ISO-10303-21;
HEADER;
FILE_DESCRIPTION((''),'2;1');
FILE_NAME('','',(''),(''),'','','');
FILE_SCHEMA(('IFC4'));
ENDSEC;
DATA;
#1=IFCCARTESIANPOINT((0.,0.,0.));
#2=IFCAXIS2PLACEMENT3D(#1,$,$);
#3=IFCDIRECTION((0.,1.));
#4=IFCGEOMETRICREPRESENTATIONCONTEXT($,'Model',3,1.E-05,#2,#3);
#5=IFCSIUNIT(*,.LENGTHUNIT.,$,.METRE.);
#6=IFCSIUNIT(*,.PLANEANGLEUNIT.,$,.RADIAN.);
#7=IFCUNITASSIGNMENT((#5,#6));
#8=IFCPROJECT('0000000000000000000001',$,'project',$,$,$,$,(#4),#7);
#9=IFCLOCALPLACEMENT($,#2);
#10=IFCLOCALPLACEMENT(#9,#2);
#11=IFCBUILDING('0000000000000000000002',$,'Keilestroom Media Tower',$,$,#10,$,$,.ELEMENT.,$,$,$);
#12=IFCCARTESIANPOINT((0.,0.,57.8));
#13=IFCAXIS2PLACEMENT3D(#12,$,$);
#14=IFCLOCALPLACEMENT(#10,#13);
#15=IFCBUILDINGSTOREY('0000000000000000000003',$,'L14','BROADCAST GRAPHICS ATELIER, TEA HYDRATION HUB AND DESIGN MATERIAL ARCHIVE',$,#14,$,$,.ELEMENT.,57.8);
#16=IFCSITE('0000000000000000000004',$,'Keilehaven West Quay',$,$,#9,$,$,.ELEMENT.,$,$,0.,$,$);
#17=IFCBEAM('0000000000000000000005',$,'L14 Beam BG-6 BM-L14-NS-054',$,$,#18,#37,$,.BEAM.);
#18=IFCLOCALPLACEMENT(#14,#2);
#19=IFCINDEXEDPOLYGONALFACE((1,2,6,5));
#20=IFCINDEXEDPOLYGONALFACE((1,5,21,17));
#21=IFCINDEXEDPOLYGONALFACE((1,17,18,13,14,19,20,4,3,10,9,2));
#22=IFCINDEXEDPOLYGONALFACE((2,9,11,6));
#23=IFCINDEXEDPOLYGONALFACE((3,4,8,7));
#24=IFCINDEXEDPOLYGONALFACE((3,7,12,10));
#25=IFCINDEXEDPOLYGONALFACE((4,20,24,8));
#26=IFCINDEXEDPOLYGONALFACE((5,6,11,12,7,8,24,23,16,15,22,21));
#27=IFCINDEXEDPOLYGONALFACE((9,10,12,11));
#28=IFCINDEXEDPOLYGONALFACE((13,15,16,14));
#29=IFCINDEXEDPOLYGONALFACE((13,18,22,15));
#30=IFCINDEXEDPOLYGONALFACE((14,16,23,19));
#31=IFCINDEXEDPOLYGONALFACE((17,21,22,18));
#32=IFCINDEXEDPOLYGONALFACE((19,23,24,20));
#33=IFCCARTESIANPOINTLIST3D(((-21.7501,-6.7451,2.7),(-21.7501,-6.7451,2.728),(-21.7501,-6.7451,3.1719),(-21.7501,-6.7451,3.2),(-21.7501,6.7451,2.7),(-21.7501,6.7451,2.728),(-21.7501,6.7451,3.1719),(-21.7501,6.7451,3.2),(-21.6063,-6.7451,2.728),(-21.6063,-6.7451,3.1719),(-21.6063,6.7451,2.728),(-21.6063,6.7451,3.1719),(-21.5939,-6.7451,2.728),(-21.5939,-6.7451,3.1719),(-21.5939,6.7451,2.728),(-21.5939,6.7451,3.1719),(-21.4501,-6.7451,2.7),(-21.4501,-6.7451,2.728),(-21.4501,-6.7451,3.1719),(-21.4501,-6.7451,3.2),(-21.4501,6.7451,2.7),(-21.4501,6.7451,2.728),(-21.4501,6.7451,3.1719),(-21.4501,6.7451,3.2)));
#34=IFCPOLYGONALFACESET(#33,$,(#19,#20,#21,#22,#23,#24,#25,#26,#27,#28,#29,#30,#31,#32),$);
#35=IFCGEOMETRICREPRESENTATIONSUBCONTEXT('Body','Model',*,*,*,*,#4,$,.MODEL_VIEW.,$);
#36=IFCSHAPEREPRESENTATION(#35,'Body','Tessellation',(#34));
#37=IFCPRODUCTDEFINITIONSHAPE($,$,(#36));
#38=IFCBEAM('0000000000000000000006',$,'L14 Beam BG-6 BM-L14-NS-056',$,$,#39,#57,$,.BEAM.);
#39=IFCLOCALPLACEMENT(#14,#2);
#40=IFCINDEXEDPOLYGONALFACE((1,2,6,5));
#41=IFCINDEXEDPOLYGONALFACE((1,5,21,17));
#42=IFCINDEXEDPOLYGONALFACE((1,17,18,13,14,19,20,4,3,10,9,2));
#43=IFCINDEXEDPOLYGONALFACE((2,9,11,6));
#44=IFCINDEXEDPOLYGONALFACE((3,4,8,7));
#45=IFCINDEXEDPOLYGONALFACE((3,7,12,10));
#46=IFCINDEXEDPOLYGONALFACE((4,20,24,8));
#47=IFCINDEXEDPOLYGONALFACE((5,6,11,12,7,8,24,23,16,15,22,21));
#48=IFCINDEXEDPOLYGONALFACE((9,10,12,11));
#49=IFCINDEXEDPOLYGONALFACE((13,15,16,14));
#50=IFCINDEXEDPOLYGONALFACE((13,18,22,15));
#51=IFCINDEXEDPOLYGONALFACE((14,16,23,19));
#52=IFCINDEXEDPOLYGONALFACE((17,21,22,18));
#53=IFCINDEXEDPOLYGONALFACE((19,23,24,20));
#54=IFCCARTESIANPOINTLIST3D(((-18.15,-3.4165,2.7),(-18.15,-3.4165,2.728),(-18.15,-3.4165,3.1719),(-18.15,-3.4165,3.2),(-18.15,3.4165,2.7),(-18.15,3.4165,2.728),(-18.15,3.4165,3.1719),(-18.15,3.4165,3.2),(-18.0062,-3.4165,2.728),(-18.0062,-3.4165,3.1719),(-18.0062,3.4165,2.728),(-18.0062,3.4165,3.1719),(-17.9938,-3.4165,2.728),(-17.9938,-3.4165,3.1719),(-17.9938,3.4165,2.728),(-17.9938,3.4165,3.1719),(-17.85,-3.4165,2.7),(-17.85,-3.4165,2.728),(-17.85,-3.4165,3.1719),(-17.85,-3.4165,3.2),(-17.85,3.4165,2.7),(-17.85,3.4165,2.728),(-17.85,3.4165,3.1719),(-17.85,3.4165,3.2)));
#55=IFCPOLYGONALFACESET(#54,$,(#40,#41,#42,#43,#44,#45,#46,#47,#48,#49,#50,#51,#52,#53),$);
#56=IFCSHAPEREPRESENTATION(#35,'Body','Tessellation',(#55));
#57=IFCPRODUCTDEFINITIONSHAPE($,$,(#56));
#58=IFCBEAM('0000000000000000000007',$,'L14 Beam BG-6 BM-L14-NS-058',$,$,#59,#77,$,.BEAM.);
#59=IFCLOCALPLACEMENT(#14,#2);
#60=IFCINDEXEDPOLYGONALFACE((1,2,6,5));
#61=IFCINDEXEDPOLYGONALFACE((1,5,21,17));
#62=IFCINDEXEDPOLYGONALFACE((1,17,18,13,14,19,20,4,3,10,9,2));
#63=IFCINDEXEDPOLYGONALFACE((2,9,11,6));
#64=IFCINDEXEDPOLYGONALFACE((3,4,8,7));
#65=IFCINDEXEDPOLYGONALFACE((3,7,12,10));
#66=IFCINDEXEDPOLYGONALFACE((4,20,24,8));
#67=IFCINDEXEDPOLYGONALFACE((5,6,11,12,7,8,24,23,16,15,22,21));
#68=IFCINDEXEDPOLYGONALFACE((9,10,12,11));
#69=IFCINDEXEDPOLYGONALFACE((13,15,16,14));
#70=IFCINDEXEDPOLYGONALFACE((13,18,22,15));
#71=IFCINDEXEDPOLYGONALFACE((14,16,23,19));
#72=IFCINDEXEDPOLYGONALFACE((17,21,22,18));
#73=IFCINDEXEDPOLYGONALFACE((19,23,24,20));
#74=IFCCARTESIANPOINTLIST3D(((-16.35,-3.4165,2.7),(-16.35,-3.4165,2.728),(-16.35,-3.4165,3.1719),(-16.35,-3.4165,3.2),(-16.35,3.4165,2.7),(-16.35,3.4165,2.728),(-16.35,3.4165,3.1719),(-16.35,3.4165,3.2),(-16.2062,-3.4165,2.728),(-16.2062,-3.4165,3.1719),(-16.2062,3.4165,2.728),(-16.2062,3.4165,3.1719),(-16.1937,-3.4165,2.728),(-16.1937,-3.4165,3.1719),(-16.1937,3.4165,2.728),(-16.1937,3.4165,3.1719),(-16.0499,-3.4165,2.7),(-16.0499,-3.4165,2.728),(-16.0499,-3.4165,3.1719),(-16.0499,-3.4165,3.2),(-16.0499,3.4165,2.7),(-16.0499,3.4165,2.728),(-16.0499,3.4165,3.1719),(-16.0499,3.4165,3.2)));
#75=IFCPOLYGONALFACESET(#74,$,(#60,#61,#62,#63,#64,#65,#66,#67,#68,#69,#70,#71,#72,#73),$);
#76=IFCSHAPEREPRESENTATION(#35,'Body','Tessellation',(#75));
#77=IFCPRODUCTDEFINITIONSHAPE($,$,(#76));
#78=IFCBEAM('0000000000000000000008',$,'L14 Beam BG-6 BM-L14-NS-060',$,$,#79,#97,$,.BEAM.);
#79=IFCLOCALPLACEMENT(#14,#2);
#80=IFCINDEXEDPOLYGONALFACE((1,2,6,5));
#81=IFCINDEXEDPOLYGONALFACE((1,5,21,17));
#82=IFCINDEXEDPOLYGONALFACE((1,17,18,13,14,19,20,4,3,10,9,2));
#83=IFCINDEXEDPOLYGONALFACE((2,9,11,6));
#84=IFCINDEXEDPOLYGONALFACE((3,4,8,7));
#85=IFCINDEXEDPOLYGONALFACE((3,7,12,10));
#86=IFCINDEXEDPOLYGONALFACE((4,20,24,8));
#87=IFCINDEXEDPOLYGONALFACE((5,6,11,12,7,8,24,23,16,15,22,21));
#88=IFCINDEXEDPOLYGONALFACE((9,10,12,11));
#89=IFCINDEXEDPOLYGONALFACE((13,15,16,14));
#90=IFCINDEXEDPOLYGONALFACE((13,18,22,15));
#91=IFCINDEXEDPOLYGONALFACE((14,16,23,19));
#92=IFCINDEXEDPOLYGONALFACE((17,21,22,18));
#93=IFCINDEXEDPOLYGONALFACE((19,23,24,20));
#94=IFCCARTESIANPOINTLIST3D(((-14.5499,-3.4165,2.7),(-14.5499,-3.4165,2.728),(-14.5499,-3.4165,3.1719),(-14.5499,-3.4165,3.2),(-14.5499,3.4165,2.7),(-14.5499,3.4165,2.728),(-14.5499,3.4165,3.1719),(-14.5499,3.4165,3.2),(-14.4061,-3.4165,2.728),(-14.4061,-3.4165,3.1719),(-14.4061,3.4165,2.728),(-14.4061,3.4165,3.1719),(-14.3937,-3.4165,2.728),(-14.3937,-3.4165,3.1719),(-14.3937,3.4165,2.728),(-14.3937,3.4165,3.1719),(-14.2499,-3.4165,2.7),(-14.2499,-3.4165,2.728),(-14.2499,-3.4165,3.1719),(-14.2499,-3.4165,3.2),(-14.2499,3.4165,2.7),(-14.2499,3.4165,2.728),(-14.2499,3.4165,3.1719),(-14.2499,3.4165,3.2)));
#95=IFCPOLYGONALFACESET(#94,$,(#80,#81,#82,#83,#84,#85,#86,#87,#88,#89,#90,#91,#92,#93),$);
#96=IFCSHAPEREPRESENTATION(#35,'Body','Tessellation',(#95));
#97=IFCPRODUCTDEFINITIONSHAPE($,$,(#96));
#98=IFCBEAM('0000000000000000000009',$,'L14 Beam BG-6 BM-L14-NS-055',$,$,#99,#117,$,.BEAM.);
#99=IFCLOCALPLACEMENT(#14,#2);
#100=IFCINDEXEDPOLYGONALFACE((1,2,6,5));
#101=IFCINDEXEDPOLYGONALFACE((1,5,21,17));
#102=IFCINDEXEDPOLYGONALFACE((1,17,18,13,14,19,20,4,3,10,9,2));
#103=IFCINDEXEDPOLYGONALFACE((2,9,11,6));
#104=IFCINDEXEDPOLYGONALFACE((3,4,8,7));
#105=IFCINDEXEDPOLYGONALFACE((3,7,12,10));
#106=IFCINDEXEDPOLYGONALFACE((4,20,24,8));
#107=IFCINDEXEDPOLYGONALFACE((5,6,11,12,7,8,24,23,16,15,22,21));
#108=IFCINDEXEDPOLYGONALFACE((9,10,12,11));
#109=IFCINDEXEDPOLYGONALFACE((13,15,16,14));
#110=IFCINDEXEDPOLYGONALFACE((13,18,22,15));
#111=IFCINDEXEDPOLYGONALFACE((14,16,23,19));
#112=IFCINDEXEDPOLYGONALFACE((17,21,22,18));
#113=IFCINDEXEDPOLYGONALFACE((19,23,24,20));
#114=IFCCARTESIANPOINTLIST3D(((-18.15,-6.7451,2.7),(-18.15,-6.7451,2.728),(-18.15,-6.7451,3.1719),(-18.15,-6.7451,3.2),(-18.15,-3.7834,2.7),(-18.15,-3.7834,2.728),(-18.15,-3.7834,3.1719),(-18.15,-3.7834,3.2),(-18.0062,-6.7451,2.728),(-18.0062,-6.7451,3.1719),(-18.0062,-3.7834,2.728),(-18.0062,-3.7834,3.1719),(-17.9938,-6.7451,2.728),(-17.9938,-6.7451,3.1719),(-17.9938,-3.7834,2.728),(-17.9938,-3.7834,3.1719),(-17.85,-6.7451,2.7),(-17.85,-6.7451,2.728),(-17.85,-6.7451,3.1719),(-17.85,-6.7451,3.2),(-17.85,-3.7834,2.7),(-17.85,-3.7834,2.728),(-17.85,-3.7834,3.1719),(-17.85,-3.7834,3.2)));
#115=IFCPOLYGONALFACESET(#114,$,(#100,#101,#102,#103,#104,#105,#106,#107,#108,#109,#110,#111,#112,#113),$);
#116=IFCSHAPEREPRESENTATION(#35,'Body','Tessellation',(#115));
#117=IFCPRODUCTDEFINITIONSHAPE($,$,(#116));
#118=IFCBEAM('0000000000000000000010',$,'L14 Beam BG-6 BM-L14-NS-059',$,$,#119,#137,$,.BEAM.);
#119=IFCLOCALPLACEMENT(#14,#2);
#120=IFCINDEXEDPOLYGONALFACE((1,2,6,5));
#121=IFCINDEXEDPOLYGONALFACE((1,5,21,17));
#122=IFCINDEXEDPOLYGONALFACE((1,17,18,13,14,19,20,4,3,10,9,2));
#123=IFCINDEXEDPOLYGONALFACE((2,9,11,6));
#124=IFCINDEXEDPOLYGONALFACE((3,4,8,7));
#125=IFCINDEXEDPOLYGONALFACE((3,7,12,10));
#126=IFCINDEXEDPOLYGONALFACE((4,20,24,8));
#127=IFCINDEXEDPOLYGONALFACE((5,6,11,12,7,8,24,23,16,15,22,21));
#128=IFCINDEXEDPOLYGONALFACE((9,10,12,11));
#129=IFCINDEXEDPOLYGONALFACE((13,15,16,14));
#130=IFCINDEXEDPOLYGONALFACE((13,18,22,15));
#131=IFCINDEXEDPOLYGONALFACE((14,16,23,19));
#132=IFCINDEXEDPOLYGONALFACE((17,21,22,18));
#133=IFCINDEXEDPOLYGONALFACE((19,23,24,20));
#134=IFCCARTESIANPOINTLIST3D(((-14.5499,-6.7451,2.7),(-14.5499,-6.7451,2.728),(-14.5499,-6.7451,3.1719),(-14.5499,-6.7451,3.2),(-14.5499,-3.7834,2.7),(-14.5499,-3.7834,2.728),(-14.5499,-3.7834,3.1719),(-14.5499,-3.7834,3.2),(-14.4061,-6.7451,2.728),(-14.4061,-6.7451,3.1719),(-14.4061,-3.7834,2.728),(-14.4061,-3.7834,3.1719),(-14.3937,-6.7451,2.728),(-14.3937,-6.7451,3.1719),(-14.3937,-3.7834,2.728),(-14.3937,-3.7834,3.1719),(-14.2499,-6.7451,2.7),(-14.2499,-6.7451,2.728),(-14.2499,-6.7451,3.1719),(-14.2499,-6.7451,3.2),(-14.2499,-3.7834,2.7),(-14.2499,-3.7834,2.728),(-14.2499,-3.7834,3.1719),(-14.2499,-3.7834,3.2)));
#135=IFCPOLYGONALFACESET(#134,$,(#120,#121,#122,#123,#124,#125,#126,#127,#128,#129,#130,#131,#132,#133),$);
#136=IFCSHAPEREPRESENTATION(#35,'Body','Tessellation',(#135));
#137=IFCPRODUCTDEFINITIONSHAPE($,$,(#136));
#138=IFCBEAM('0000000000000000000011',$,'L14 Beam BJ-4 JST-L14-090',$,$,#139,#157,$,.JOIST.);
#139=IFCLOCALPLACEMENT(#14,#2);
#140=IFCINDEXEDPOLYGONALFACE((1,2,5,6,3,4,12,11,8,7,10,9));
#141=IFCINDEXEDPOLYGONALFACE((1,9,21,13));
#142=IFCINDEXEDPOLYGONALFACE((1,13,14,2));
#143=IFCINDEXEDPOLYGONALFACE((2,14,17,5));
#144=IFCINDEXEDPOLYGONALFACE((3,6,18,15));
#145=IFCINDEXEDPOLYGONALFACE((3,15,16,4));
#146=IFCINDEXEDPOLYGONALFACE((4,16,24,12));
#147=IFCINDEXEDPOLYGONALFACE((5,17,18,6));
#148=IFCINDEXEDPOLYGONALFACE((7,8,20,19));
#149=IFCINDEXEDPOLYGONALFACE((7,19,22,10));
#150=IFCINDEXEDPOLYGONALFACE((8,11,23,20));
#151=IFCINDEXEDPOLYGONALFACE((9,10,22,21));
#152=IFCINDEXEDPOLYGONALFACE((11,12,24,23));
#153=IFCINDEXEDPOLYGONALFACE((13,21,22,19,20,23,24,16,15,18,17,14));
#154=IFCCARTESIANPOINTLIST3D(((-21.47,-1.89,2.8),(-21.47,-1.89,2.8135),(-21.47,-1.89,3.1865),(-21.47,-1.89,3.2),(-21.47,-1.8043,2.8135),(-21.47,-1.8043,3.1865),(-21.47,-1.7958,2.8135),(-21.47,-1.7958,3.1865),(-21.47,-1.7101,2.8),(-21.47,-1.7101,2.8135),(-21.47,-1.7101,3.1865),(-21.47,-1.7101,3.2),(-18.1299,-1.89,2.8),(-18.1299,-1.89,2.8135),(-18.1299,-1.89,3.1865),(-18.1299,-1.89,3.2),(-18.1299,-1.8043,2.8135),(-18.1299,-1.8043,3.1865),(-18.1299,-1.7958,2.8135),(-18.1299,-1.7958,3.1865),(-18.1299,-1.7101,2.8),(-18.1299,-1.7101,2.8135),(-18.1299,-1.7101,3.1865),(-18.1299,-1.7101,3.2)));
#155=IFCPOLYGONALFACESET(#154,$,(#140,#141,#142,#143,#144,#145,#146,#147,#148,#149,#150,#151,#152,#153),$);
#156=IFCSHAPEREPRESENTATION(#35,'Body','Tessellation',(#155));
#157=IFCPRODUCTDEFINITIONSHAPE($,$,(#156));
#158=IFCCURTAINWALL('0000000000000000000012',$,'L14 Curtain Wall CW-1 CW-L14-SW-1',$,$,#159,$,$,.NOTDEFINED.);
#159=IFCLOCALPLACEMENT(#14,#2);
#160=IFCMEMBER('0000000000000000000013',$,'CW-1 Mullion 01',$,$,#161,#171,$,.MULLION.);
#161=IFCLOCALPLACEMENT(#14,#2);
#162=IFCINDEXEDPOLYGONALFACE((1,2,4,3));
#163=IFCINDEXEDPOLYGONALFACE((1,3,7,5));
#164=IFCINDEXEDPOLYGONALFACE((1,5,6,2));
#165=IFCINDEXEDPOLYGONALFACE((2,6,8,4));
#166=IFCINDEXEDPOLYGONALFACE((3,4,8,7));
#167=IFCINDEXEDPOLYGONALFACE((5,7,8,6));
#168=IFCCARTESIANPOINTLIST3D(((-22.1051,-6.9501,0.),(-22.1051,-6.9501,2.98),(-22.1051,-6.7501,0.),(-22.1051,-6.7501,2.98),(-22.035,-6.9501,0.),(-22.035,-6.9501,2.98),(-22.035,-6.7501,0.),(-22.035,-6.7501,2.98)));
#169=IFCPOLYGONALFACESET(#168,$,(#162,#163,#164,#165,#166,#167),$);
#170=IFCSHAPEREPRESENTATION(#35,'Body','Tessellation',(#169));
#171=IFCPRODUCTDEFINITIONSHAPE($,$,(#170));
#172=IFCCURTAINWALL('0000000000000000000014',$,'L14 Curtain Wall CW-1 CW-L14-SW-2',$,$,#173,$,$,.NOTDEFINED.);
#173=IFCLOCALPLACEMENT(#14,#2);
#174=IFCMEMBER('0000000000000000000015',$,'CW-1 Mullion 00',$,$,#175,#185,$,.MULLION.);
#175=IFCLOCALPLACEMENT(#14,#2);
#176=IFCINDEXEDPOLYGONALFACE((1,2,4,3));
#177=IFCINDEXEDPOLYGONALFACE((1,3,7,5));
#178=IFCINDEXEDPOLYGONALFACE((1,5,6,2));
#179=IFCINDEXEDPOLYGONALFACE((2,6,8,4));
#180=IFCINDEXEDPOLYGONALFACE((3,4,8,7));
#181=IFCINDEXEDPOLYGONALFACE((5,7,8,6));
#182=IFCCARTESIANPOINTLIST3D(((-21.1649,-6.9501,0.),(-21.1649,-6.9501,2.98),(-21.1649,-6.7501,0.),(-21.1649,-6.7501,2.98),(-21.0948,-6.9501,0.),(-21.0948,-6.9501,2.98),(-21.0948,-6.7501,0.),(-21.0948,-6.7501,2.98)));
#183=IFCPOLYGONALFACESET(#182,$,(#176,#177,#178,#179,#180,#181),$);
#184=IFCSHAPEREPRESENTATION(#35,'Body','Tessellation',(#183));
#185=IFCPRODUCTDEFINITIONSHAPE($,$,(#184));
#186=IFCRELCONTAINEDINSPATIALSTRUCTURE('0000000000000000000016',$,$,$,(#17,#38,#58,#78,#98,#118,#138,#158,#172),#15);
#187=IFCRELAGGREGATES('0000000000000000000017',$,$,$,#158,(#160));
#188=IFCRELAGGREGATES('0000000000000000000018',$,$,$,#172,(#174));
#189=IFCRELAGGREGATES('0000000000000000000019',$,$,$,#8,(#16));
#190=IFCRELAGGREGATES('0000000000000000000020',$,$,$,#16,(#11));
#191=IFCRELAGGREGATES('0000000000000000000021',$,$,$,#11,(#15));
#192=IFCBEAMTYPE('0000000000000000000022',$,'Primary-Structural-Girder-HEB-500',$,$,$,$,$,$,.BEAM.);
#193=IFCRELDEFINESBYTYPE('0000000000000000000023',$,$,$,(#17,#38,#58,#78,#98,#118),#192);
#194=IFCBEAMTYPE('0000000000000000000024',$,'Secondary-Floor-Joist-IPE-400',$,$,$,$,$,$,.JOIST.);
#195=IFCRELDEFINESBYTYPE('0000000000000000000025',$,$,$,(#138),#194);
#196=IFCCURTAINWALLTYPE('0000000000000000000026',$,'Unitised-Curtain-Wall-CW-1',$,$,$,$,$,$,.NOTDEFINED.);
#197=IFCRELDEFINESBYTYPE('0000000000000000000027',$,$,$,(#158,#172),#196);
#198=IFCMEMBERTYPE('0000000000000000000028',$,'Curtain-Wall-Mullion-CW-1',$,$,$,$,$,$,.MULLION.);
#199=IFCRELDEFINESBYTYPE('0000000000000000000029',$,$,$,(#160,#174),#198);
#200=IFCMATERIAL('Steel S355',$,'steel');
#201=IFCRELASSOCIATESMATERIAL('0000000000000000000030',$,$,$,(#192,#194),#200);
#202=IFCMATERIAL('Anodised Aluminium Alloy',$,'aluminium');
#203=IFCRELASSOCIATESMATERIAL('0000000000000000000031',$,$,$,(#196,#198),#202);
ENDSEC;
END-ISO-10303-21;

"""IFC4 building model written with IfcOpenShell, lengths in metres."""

from ifc_helpers import new_model, si_unit, direction, frame, origin, origin_2d, place, context, subcontext, project, spatial, rectangle, i_section, extrude, source, transform, mapped, material, material_profile, profile_set, type_object, element, aggregate, save


model = new_model("IFC4")

# Units and contexts
model_context = context("Model", 3, precision=1e-05, world=origin(), true_north=direction((0.0, 1.0)))
body_context = subcontext(model_context, "Body", "Model", "MODEL_VIEW")
ifc_project = project(units=[si_unit("LENGTHUNIT", "METRE"), si_unit("PLANEANGLEUNIT", "RADIAN")], contexts=[model_context])

# Site, building, storey
site_placement = place(None, origin())
site = spatial("IfcSite", under=ifc_project, at=site_placement, Name="Keilehaven West Quay", CompositionType="ELEMENT", RefElevation=0.0)
building_placement = place(site_placement, origin())
building = spatial("IfcBuilding", under=site, at=building_placement, Name="Keilestroom Media Tower", CompositionType="ELEMENT")
storey_placement = place(building_placement, frame((0.0, 0.0, 57.8)))
storey = spatial("IfcBuildingStorey", under=building, at=storey_placement, Name="L14", Description="BROADCAST GRAPHICS ATELIER, TEA HYDRATION HUB AND DESIGN MATERIAL ARCHIVE", CompositionType="ELEMENT", Elevation=57.8)

# Beams
ifc_material_1 = material(Name="Steel S355", Category="steel")
ifc_material_profile_1 = material_profile(ifc_material_1, i_section(OverallWidth=0.3, OverallDepth=0.5, WebThickness=0.0125, FlangeThickness=0.0281, at=origin_2d()), Name="HEB 500")
ifc_profile_set_1 = profile_set([ifc_material_profile_1], Name="Steel S355")
beam_type_1 = type_object("IfcBeamType", Name="Primary-Structural-Girder-HEB-500", PredefinedType="BEAM", material=ifc_profile_set_1)
shared_shape_1 = source(origin(), body_context, "Body", "SweptSolid", [
    extrude(i_section(OverallWidth=0.3, OverallDepth=0.5, WebThickness=0.0125, FlangeThickness=0.0281, at=origin_2d()), origin(), (0.0, 0.0, 1.0), 13.4902),
])
beam_1_placement = place(storey_placement, frame((-21.6001, -6.7451, 2.95), z_axis=(0.0, 1.0, 0.0), x_axis=(-1.0, 0.0, 0.0)))
element("IfcBeam", 1, at=beam_1_placement, inside=storey, type_object=beam_type_1, Name="L14 Beam BG-6 BM-L14-NS-054", PredefinedType="BEAM", context=body_context, shape_type="MappedRepresentation", body=[
    mapped(shared_shape_1, transform((0.0, 0.0, 0.0), x_axis=(1.0, 0.0, 0.0), y_axis=(0.0, 1.0, 0.0), z_axis=(0.0, 0.0, 1.0), scale=1.0)),
])
shared_shape_2 = source(origin(), body_context, "Body", "SweptSolid", [
    extrude(i_section(OverallWidth=0.3, OverallDepth=0.5, WebThickness=0.0125, FlangeThickness=0.0281, at=origin_2d()), origin(), (0.0, 0.0, 1.0), 6.833),
])
for number, where, z_axis, x_axis, name in (
    (2, (-18.0, -3.4165, 2.95), (0.0, 1.0, 0.0), (-1.0, 0.0, 0.0), "L14 Beam BG-6 BM-L14-NS-056"),
    (3, (-16.2, -3.4165, 2.95), (0.0, 1.0, 0.0), (-1.0, 0.0, 0.0), "L14 Beam BG-6 BM-L14-NS-058"),
    (4, (-14.3999, -3.4165, 2.95), (0.0, 1.0, 0.0), (-1.0, 0.0, 0.0), "L14 Beam BG-6 BM-L14-NS-060"),
):
    element("IfcBeam", number, at=place(storey_placement, frame(where, z_axis=z_axis, x_axis=x_axis)), inside=storey, type_object=beam_type_1, Name=name, PredefinedType="BEAM", context=body_context, shape_type="MappedRepresentation", body=[
        mapped(shared_shape_2, transform((0.0, 0.0, 0.0), x_axis=(1.0, 0.0, 0.0), y_axis=(0.0, 1.0, 0.0), z_axis=(0.0, 0.0, 1.0), scale=1.0)),
    ])
shared_shape_3 = source(origin(), body_context, "Body", "SweptSolid", [
    extrude(i_section(OverallWidth=0.3, OverallDepth=0.5, WebThickness=0.0125, FlangeThickness=0.0281, at=origin_2d()), origin(), (0.0, 0.0, 1.0), 2.9617),
])
for number, where, z_axis, x_axis, name in (
    (5, (-18.0, -6.7451, 2.95), (0.0, 1.0, 0.0), (-1.0, 0.0, 0.0), "L14 Beam BG-6 BM-L14-NS-055"),
    (6, (-14.3999, -6.7451, 2.95), (0.0, 1.0, 0.0), (-1.0, 0.0, 0.0), "L14 Beam BG-6 BM-L14-NS-059"),
):
    element("IfcBeam", number, at=place(storey_placement, frame(where, z_axis=z_axis, x_axis=x_axis)), inside=storey, type_object=beam_type_1, Name=name, PredefinedType="BEAM", context=body_context, shape_type="MappedRepresentation", body=[
        mapped(shared_shape_3, transform((0.0, 0.0, 0.0), x_axis=(1.0, 0.0, 0.0), y_axis=(0.0, 1.0, 0.0), z_axis=(0.0, 0.0, 1.0), scale=1.0)),
    ])
ifc_material_profile_2 = material_profile(ifc_material_1, i_section(OverallWidth=0.1799, OverallDepth=0.3999, WebThickness=0.0085, FlangeThickness=0.0134, at=origin_2d()), Name="IPE 400")
ifc_profile_set_2 = profile_set([ifc_material_profile_2], Name="Steel S355")
beam_type_2 = type_object("IfcBeamType", Name="Secondary-Floor-Joist-IPE-400", PredefinedType="JOIST", material=ifc_profile_set_2)
shared_shape_4 = source(origin(), body_context, "Body", "SweptSolid", [
    extrude(i_section(OverallWidth=0.1799, OverallDepth=0.3999, WebThickness=0.0085, FlangeThickness=0.0134, at=origin_2d()), origin(), (0.0, 0.0, 1.0), 3.3401),
])
beam_2_placement = place(storey_placement, frame((-21.47, -1.8, 3.0), z_axis=(1.0, 0.0, 0.0), x_axis=(0.0, 1.0, 0.0)))
element("IfcBeam", 7, at=beam_2_placement, inside=storey, type_object=beam_type_2, Name="L14 Beam BJ-4 JST-L14-090", PredefinedType="JOIST", context=body_context, shape_type="MappedRepresentation", body=[
    mapped(shared_shape_4, transform((0.0, 0.0, 0.0), x_axis=(1.0, 0.0, 0.0), y_axis=(0.0, 1.0, 0.0), z_axis=(0.0, 0.0, 1.0), scale=1.0)),
])

# Curtain wall, member
ifc_material_2 = material(Name="Anodised Aluminium Alloy", Category="aluminium")
curtain_wall_type = type_object("IfcCurtainWallType", Name="Unitised-Curtain-Wall-CW-1", PredefinedType="NOTDEFINED", material=ifc_material_2)
curtain_wall_1_placement = place(storey_placement, origin())
curtain_wall_1 = element("IfcCurtainWall", 8, at=curtain_wall_1_placement, inside=storey, type_object=curtain_wall_type, Name="L14 Curtain Wall CW-1 CW-L14-SW-1", PredefinedType="NOTDEFINED")
ifc_material_profile_3 = material_profile(ifc_material_2, rectangle(XDim=0.0701, YDim=0.2, at=origin_2d()), Name="ALU MULLION 70x200")
ifc_profile_set_3 = profile_set([ifc_material_profile_3], Name="Anodised Aluminium Alloy")
member_type_1 = type_object("IfcMemberType", Name="Curtain-Wall-Mullion-CW-1", PredefinedType="MULLION", material=ifc_profile_set_3)
shared_shape_5 = source(origin(), body_context, "Body", "SweptSolid", [
    extrude(rectangle(XDim=0.0701, YDim=0.2, at=origin_2d()), origin(), (0.0, 0.0, 1.0), 2.98),
])
member_1_placement = place(storey_placement, frame((-22.0701, -6.8501, 0.0), z_axis=(0.0, 0.0, 1.0), x_axis=(1.0, 0.0, 0.0)))
member_1 = element("IfcMember", 9, at=member_1_placement, type_object=member_type_1, Name="CW-1 Mullion 01", PredefinedType="MULLION", context=body_context, shape_type="MappedRepresentation", body=[
    mapped(shared_shape_5, transform((0.0, 0.0, 0.0), x_axis=(1.0, 0.0, 0.0), y_axis=(0.0, 1.0, 0.0), z_axis=(0.0, 0.0, 1.0), scale=1.0)),
])
aggregate(curtain_wall_1, [member_1])

# Curtain wall, member
curtain_wall_2_placement = place(storey_placement, origin())
curtain_wall_2 = element("IfcCurtainWall", 10, at=curtain_wall_2_placement, inside=storey, type_object=curtain_wall_type, Name="L14 Curtain Wall CW-1 CW-L14-SW-2", PredefinedType="NOTDEFINED")
member_2_placement = place(storey_placement, frame((-21.1299, -6.8501, 0.0), z_axis=(0.0, 0.0, 1.0), x_axis=(1.0, 0.0, 0.0)))
member_2 = element("IfcMember", 11, at=member_2_placement, type_object=member_type_1, Name="CW-1 Mullion 00", PredefinedType="MULLION", context=body_context, shape_type="MappedRepresentation", body=[
    mapped(shared_shape_5, transform((0.0, 0.0, 0.0), x_axis=(1.0, 0.0, 0.0), y_axis=(0.0, 1.0, 0.0), z_axis=(0.0, 0.0, 1.0), scale=1.0)),
])

aggregate(curtain_wall_2, [member_2])

save(model, "model.ifc")
